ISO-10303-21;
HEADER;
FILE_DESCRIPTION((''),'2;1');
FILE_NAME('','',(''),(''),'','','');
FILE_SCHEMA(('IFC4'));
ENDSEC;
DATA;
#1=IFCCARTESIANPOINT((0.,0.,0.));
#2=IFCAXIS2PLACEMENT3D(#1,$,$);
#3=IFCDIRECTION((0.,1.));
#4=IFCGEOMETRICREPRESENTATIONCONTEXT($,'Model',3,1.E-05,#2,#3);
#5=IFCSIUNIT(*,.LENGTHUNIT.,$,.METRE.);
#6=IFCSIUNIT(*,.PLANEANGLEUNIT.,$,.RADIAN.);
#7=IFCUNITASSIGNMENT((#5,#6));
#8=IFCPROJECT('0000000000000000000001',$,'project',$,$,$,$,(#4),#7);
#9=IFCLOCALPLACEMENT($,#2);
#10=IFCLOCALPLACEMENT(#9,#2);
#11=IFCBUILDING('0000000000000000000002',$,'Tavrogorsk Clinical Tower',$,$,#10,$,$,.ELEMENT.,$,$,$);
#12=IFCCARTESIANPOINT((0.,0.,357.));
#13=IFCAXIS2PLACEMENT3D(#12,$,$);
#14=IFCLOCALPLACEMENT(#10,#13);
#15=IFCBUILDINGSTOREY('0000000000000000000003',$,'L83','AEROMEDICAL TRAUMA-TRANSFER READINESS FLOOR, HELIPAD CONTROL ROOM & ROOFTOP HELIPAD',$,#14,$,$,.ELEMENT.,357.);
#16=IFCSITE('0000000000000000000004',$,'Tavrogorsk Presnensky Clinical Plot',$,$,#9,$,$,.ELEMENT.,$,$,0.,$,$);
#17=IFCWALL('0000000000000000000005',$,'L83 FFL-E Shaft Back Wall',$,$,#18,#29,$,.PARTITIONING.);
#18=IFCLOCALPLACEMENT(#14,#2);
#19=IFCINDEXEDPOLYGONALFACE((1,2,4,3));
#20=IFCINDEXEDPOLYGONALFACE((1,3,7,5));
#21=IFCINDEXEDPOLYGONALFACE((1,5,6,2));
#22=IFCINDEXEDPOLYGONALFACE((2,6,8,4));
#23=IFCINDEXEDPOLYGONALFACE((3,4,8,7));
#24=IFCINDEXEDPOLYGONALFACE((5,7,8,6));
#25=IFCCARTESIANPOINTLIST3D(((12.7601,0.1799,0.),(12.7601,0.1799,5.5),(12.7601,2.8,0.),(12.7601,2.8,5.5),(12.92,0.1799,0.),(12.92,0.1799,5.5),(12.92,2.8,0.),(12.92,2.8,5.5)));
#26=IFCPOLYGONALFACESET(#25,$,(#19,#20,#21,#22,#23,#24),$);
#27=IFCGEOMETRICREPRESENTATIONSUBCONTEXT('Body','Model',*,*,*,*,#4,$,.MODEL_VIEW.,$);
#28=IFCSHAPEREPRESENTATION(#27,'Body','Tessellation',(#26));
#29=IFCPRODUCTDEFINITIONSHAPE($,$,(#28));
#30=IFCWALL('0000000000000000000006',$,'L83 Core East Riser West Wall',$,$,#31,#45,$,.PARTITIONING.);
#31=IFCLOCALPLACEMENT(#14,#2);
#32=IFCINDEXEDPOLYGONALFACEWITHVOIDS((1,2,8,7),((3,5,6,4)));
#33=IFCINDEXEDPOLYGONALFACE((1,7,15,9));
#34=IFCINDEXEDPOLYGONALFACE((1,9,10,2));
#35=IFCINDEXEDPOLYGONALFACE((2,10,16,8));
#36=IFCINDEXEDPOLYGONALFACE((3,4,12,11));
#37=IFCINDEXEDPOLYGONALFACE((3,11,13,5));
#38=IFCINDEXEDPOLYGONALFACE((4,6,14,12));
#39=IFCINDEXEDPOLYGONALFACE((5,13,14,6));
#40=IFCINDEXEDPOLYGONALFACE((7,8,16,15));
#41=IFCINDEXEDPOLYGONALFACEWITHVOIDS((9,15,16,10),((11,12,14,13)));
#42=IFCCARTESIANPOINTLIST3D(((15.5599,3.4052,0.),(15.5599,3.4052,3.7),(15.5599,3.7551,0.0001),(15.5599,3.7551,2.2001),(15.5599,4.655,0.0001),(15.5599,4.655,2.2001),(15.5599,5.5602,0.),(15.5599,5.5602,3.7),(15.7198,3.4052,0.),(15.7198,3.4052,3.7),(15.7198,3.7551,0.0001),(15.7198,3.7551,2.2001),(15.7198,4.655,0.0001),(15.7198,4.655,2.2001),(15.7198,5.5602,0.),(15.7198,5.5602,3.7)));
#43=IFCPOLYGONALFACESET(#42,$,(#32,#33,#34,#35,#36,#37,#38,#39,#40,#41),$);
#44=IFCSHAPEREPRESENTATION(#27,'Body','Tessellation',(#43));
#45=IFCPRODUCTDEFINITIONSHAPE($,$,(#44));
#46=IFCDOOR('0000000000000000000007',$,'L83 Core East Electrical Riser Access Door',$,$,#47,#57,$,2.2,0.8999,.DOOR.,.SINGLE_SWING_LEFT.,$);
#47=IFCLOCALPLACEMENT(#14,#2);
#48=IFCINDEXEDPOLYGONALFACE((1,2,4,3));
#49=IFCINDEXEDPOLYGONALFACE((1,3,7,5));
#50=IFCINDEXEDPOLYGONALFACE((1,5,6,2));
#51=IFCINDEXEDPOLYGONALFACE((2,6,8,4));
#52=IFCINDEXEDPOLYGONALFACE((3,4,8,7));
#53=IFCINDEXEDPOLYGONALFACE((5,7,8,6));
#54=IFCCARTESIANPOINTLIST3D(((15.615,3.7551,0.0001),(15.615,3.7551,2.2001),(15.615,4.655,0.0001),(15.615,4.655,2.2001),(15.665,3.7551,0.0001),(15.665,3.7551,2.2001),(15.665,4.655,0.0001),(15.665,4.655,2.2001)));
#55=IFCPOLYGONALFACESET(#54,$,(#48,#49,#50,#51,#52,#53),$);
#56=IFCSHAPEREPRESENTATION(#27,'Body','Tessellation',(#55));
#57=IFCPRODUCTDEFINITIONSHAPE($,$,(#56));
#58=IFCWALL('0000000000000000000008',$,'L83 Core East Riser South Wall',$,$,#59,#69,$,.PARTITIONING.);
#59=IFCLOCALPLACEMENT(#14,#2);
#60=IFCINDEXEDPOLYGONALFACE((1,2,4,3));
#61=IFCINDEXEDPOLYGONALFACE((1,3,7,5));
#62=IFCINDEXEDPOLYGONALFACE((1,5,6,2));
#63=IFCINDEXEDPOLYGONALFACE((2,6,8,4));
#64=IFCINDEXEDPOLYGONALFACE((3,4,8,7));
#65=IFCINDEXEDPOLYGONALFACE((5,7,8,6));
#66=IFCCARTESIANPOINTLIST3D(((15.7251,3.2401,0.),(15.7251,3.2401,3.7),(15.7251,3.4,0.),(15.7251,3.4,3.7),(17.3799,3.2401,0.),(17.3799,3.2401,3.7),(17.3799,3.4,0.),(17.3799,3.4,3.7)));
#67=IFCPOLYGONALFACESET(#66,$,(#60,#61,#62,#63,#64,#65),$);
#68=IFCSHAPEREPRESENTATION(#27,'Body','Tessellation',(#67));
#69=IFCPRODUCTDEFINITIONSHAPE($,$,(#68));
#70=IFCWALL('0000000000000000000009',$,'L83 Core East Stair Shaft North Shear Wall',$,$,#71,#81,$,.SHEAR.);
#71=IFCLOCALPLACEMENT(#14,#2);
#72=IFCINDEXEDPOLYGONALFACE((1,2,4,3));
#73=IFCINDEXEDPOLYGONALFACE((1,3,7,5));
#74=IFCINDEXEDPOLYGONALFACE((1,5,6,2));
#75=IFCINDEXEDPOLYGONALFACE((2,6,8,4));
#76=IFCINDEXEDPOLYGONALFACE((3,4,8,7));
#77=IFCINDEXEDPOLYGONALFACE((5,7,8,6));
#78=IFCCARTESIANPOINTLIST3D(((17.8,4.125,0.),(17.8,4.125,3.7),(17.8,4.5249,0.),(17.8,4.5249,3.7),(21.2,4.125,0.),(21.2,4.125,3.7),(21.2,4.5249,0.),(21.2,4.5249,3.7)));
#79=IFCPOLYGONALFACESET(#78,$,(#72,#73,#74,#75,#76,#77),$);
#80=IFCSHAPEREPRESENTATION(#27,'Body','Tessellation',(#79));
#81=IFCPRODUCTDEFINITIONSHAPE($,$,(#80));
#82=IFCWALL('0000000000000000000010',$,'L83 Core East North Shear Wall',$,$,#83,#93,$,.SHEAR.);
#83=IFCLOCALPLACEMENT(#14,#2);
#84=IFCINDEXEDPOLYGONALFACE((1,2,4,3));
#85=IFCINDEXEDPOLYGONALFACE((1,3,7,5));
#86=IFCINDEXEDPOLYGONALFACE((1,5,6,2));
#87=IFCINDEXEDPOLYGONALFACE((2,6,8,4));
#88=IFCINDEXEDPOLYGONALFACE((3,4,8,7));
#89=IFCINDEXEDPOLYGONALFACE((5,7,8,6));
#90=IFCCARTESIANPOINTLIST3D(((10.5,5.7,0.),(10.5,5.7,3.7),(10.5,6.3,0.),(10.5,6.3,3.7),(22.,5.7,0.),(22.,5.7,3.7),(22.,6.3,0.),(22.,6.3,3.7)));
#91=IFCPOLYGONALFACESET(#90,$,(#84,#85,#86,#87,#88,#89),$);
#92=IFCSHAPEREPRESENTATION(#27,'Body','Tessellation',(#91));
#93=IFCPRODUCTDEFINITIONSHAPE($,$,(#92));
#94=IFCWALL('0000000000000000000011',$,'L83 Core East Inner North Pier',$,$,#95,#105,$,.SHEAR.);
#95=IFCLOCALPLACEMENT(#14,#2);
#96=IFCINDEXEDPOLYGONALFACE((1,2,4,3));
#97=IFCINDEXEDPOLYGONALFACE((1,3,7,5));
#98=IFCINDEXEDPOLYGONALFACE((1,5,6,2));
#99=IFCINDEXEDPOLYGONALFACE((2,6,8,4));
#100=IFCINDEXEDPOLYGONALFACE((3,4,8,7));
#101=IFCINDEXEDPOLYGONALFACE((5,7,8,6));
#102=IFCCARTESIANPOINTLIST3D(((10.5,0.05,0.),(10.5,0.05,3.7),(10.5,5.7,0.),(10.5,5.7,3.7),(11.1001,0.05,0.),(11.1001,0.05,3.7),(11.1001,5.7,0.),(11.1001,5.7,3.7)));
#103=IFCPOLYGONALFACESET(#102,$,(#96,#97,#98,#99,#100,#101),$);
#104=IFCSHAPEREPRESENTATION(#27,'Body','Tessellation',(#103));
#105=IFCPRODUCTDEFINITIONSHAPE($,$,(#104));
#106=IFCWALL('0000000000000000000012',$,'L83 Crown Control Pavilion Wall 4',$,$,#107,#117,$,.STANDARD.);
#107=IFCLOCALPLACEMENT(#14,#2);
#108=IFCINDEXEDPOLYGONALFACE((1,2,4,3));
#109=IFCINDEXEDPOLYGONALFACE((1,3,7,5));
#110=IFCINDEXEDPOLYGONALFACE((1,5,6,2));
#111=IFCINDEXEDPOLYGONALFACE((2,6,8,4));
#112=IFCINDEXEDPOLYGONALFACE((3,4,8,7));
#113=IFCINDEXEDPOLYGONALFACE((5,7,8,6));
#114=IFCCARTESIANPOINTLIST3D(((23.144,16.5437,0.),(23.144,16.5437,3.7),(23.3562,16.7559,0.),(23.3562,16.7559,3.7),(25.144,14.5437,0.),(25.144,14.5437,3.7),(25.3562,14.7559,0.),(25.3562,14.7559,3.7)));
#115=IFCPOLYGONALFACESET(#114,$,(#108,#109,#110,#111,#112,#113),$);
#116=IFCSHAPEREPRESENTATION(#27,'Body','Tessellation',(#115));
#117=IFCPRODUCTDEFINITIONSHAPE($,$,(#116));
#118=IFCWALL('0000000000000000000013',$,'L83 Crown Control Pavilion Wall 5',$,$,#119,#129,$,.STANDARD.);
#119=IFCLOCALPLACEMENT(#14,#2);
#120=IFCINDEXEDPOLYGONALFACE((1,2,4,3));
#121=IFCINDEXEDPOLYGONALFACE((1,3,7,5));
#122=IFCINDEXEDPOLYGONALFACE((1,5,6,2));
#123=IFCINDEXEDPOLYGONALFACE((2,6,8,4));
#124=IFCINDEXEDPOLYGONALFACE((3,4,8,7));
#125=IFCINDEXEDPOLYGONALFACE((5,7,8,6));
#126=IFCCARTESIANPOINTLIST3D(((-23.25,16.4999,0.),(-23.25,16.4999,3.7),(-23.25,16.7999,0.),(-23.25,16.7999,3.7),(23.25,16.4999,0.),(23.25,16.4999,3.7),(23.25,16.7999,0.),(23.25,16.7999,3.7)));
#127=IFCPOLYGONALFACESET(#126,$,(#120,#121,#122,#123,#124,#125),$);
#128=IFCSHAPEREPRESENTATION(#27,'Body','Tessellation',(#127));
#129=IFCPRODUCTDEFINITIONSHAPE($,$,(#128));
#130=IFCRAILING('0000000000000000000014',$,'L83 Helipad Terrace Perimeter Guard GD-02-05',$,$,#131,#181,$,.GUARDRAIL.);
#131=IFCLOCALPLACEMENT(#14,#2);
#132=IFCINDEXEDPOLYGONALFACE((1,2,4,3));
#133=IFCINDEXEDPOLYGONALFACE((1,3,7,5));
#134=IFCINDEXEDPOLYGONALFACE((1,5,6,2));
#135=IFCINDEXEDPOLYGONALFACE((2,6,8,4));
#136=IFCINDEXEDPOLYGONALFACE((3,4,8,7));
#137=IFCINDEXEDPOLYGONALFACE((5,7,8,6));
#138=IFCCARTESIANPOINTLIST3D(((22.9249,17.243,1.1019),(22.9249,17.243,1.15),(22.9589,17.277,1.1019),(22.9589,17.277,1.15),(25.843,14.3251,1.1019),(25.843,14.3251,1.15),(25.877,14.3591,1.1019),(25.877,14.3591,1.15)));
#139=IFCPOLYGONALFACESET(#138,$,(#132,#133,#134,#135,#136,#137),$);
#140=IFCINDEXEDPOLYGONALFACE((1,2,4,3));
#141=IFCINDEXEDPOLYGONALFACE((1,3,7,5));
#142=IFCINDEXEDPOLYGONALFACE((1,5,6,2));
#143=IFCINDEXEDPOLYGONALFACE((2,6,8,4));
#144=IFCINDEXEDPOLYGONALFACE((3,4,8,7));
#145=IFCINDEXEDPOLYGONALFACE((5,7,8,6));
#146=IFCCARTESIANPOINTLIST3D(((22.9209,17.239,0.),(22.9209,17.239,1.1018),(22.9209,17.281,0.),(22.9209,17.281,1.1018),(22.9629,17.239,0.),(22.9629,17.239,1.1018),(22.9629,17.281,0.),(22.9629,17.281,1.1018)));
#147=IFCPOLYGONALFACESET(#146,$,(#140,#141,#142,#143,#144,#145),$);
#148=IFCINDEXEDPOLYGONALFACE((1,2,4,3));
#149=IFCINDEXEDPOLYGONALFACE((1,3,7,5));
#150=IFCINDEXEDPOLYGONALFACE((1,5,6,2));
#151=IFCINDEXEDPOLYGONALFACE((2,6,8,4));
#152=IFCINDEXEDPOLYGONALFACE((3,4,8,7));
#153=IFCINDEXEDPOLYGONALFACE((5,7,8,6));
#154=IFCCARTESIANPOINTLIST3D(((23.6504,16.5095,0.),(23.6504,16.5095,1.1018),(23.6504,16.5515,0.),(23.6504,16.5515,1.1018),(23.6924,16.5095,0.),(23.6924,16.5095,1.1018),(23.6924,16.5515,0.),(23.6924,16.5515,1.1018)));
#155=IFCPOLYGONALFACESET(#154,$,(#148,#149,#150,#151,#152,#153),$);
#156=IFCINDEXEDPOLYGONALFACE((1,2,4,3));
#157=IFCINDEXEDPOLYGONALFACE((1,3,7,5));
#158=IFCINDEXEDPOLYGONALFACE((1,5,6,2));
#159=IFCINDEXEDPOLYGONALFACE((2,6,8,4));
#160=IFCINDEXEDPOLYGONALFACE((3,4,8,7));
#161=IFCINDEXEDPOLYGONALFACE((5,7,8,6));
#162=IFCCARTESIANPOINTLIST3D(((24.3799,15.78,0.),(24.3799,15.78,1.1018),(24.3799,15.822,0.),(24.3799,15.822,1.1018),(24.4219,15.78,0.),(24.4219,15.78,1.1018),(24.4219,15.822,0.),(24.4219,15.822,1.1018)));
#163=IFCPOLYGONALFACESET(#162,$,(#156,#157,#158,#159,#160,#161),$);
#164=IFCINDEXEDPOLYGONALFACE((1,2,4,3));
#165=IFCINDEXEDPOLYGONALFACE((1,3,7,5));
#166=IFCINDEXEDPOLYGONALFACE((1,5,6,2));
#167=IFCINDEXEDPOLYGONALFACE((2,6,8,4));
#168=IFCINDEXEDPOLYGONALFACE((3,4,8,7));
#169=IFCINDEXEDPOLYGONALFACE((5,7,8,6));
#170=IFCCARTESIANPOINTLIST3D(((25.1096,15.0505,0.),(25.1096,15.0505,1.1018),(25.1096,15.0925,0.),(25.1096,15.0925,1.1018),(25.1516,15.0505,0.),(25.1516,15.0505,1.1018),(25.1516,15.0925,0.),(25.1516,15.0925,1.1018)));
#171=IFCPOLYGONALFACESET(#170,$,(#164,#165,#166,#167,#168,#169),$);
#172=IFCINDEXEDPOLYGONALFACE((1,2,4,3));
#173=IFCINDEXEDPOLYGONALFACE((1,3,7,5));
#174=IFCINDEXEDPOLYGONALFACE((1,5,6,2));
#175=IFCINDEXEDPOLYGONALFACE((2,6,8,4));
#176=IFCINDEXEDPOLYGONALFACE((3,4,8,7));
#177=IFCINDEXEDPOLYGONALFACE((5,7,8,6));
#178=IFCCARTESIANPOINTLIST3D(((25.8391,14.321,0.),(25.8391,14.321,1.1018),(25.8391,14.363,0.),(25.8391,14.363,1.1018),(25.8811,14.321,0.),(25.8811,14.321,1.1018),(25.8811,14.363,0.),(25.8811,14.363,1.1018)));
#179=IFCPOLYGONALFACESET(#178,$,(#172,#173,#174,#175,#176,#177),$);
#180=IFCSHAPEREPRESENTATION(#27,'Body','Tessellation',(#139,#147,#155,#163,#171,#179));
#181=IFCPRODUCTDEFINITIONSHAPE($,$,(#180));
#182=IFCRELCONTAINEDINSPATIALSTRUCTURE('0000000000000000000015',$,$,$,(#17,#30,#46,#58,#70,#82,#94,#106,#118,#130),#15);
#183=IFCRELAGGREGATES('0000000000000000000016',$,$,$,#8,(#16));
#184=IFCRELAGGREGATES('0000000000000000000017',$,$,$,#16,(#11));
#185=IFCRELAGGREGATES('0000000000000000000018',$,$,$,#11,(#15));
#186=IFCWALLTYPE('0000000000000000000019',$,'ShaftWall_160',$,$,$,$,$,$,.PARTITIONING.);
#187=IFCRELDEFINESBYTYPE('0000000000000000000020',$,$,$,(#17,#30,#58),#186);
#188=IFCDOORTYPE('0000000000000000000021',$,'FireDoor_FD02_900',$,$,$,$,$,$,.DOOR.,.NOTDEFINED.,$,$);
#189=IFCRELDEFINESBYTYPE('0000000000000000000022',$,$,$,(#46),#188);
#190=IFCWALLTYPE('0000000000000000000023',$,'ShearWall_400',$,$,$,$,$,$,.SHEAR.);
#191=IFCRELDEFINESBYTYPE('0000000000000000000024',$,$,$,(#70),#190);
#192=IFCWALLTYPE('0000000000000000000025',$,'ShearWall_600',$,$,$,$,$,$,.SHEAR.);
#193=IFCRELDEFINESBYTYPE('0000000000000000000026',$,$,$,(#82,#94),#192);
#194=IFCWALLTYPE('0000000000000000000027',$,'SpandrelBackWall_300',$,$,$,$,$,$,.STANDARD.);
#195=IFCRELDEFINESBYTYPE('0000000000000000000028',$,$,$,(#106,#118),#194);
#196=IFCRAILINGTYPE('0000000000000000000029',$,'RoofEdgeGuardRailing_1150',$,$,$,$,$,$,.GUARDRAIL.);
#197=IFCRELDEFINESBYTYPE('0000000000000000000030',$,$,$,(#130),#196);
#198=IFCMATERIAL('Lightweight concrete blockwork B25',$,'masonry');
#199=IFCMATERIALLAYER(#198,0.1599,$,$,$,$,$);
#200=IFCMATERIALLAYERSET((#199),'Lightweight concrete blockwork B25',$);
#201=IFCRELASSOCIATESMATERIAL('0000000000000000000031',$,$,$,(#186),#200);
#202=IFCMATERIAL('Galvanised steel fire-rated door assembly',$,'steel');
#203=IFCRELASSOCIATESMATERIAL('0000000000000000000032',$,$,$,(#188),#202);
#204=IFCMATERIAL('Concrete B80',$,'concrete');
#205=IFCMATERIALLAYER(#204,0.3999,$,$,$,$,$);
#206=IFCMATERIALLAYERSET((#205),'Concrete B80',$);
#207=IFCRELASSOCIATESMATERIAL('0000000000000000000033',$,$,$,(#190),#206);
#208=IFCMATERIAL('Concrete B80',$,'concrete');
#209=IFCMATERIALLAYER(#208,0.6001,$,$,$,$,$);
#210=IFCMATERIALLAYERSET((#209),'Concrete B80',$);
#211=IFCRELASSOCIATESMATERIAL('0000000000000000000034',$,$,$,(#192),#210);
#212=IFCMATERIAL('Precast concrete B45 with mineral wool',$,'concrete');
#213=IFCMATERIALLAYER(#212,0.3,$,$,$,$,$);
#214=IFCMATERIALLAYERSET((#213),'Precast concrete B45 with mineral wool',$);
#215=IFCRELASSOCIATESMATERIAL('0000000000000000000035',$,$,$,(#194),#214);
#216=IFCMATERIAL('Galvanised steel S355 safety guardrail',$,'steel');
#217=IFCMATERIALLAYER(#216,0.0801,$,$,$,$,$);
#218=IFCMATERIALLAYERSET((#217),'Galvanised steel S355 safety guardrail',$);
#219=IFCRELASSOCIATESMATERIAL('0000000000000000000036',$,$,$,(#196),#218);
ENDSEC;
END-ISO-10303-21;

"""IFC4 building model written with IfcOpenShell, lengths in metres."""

from ifc_helpers import new_model, si_unit, direction, frame, frame_2d, origin, origin_2d, place, context, subcontext, project, spatial, rectangle, extrude, material, layer, layer_set, type_object, element, fill, save


model = new_model("IFC4")

# Units and contexts
model_context = context("Model", 3, precision=1e-05, world=origin(), true_north=direction((0.0, 1.0)))
body_context = subcontext(model_context, "Body", "Model", "MODEL_VIEW")
ifc_project = project(units=[si_unit("LENGTHUNIT", "METRE"), si_unit("PLANEANGLEUNIT", "RADIAN")], contexts=[model_context])

# Site, building, storey
site_placement = place(None, origin())
site = spatial("IfcSite", under=ifc_project, at=site_placement, Name="Tavrogorsk Presnensky Clinical Plot", CompositionType="ELEMENT", RefElevation=0.0)
building_placement = place(site_placement, origin())
building = spatial("IfcBuilding", under=site, at=building_placement, Name="Tavrogorsk Clinical Tower", CompositionType="ELEMENT")
storey_placement = place(building_placement, frame((0.0, 0.0, 357.0)))
storey = spatial("IfcBuildingStorey", under=building, at=storey_placement, Name="L83", Description="AEROMEDICAL TRAUMA-TRANSFER READINESS FLOOR, HELIPAD CONTROL ROOM & ROOFTOP HELIPAD", CompositionType="ELEMENT", Elevation=357.0)

# Shared definitions
ifc_material_1 = material(Name="Lightweight concrete blockwork B25", Category="masonry")
ifc_layer_1 = layer(ifc_material_1, 0.1599)
ifc_layer_set_1 = layer_set([ifc_layer_1], Name="Lightweight concrete blockwork B25")
wall_type_1 = type_object("IfcWallType", Name="ShaftWall_160", PredefinedType="PARTITIONING", material=ifc_layer_set_1)

# Wall
wall_1_placement = place(storey_placement, frame((12.8401, 0.1799, 0.0), z_axis=(0.0, 0.0, 1.0), x_axis=(0.0, 1.0, 0.0)))
element("IfcWall", 1, at=wall_1_placement, inside=storey, type_object=wall_type_1, Name="L83 FFL-E Shaft Back Wall", PredefinedType="PARTITIONING", context=body_context, shape_type="SweptSolid", body=[
    extrude(rectangle(XDim=2.6201, YDim=0.1599, at=frame_2d((1.3101, 0.0))), origin(), (0.0, 0.0, 1.0), 5.5),
])

# Wall, opening, door
wall_2_placement = place(storey_placement, frame((15.6399, 3.405, 0.0), z_axis=(0.0, 0.0, 1.0), x_axis=(0.0, 1.0, 0.0)))
wall_2 = element("IfcWall", 2, at=wall_2_placement, inside=storey, type_object=wall_type_1, Name="L83 Core East Riser West Wall", PredefinedType="PARTITIONING", context=body_context, shape_type="SweptSolid", body=[
    extrude(rectangle(XDim=2.155, YDim=0.1599, at=frame_2d((1.0776, 0.0))), origin(), (0.0, 0.0, 1.0), 3.7),
])
opening_1_placement = place(wall_2_placement, frame((0.3501, 0.0, 0.0)))
opening_1 = element("IfcOpeningElement", 3, at=opening_1_placement, cuts=wall_2, PredefinedType="OPENING", context=body_context, shape_type="SweptSolid", body=[
    extrude(rectangle(XDim=0.8999, YDim=2.2, at=frame_2d((0.45, 1.1001))), frame((0.0, 0.0898, 0.0), z_axis=(0.0, -1.0, 0.0), x_axis=(1.0, 0.0, 0.0)), (0.0, 0.0, 1.0), 0.1799),
])
ifc_material_2 = material(Name="Galvanised steel fire-rated door assembly", Category="steel")
door_type_1 = type_object("IfcDoorType", Name="FireDoor_FD02_900", OperationType="NOTDEFINED", PredefinedType="DOOR", material=ifc_material_2)
door_1_placement = place(opening_1_placement, origin())
door_1 = element("IfcDoor", 4, at=door_1_placement, inside=storey, type_object=door_type_1, Name="L83 Core East Electrical Riser Access Door", OperationType="SINGLE_SWING_LEFT", OverallHeight=2.2, OverallWidth=0.8999, PredefinedType="DOOR", context=body_context, shape_type="SweptSolid", body=[
    extrude(rectangle(XDim=0.8999, YDim=2.2, at=frame_2d((0.45, 1.1001))), frame((0.0, 0.0249, 0.0), z_axis=(0.0, -1.0, 0.0), x_axis=(1.0, 0.0, 0.0)), (0.0, 0.0, 1.0), 0.05),
])
fill(opening_1, door_1)

# Walls
wall_3_placement = place(storey_placement, frame((15.7251, 3.3201, 0.0), z_axis=(0.0, 0.0, 1.0), x_axis=(1.0, 0.0, 0.0)))
element("IfcWall", 5, at=wall_3_placement, inside=storey, type_object=wall_type_1, Name="L83 Core East Riser South Wall", PredefinedType="PARTITIONING", context=body_context, shape_type="SweptSolid", body=[
    extrude(rectangle(XDim=1.6548, YDim=0.1599, at=frame_2d((0.8274, 0.0))), origin(), (0.0, 0.0, 1.0), 3.7),
])
ifc_material_3 = material(Name="Concrete B80", Category="concrete")
ifc_layer_2 = layer(ifc_material_3, 0.3999)
ifc_layer_set_2 = layer_set([ifc_layer_2], Name="Concrete B80")
wall_type_2 = type_object("IfcWallType", Name="ShearWall_400", PredefinedType="SHEAR", material=ifc_layer_set_2)
wall_4_placement = place(storey_placement, frame((17.8, 4.325, 0.0), z_axis=(0.0, 0.0, 1.0), x_axis=(1.0, 0.0, 0.0)))
element("IfcWall", 6, at=wall_4_placement, inside=storey, type_object=wall_type_2, Name="L83 Core East Stair Shaft North Shear Wall", PredefinedType="SHEAR", context=body_context, shape_type="SweptSolid", body=[
    extrude(rectangle(XDim=3.3999, YDim=0.3999, at=frame_2d((1.7, 0.0))), origin(), (0.0, 0.0, 1.0), 3.7),
])
ifc_material_4 = material(Name="Concrete B80", Category="concrete")
ifc_layer_3 = layer(ifc_material_4, 0.6001)
ifc_layer_set_3 = layer_set([ifc_layer_3], Name="Concrete B80")
wall_type_3 = type_object("IfcWallType", Name="ShearWall_600", PredefinedType="SHEAR", material=ifc_layer_set_3)
wall_5_placement = place(storey_placement, frame((10.5, 6.0, 0.0), z_axis=(0.0, 0.0, 1.0), x_axis=(1.0, 0.0, 0.0)))
element("IfcWall", 7, at=wall_5_placement, inside=storey, type_object=wall_type_3, Name="L83 Core East North Shear Wall", PredefinedType="SHEAR", context=body_context, shape_type="SweptSolid", body=[
    extrude(rectangle(XDim=11.5, YDim=0.6001, at=frame_2d((5.75, 0.0))), origin(), (0.0, 0.0, 1.0), 3.7),
])
wall_6_placement = place(storey_placement, frame((10.8, 0.05, 0.0), z_axis=(0.0, 0.0, 1.0), x_axis=(0.0, 1.0, 0.0)))
element("IfcWall", 8, at=wall_6_placement, inside=storey, type_object=wall_type_3, Name="L83 Core East Inner North Pier", PredefinedType="SHEAR", context=body_context, shape_type="SweptSolid", body=[
    extrude(rectangle(XDim=5.6499, YDim=0.6001, at=frame_2d((2.825, 0.0))), origin(), (0.0, 0.0, 1.0), 3.7),
])
ifc_material_5 = material(Name="Precast concrete B45 with mineral wool", Category="concrete")
ifc_layer_4 = layer(ifc_material_5, 0.3)
ifc_layer_set_4 = layer_set([ifc_layer_4], Name="Precast concrete B45 with mineral wool")
wall_type_4 = type_object("IfcWallType", Name="SpandrelBackWall_300", PredefinedType="STANDARD", material=ifc_layer_set_4)
wall_7_placement = place(storey_placement, frame((25.25, 14.6499, 0.0), z_axis=(0.0, 0.0, 1.0), x_axis=(-0.707107, 0.707107, 0.0)))
element("IfcWall", 9, at=wall_7_placement, inside=storey, type_object=wall_type_4, Name="L83 Crown Control Pavilion Wall 4", PredefinedType="STANDARD", context=body_context, shape_type="SweptSolid", body=[
    extrude(rectangle(XDim=2.8284, YDim=0.3, at=frame_2d((1.4141, 0.0))), origin(), (0.0, 0.0, 1.0), 3.7),
])
wall_8_placement = place(storey_placement, frame((23.25, 16.6499, 0.0), z_axis=(0.0, 0.0, 1.0), x_axis=(-1.0, 0.0, 0.0)))
element("IfcWall", 10, at=wall_8_placement, inside=storey, type_object=wall_type_4, Name="L83 Crown Control Pavilion Wall 5", PredefinedType="STANDARD", context=body_context, shape_type="SweptSolid", body=[
    extrude(rectangle(XDim=46.5, YDim=0.3, at=frame_2d((23.25, 0.0))), origin(), (0.0, 0.0, 1.0), 3.7),
])

# Railing
ifc_material_6 = material(Name="Galvanised steel S355 safety guardrail", Category="steel")
ifc_layer_5 = layer(ifc_material_6, 0.0801)
ifc_layer_set_5 = layer_set([ifc_layer_5], Name="Galvanised steel S355 safety guardrail")
railing_type = type_object("IfcRailingType", Name="RoofEdgeGuardRailing_1150", PredefinedType="GUARDRAIL", material=ifc_layer_set_5)
railing_1_placement = place(storey_placement, frame((22.9419, 17.26, 0.0)))
element("IfcRailing", 11, at=railing_1_placement, inside=storey, type_object=railing_type, Name="L83 Helipad Terrace Perimeter Guard GD-02-05", PredefinedType="GUARDRAIL", context=body_context, shape_type="SweptSolid", body=[
    extrude(rectangle(XDim=0.0481, YDim=0.0481, at=origin_2d()), frame((0.0, 0.0, 1.126), z_axis=(0.707136, -0.707077, 0.0), x_axis=(0.707077, 0.707136, 0.0)), (0.0, 0.0, 1.0), 4.1267),
    extrude(rectangle(XDim=0.042, YDim=0.042, at=origin_2d()), origin(), (0.0, 0.0, 1.0), 1.1018),
    extrude(rectangle(XDim=0.042, YDim=0.042, at=origin_2d()), frame((0.7295, -0.7295, 0.0)), (0.0, 0.0, 1.0), 1.1018),
    extrude(rectangle(XDim=0.042, YDim=0.042, at=origin_2d()), frame((1.459, -1.459, 0.0)), (0.0, 0.0, 1.0), 1.1018),
    extrude(rectangle(XDim=0.042, YDim=0.042, at=origin_2d()), frame((2.1887, -2.1885, 0.0)), (0.0, 0.0, 1.0), 1.1018),
    extrude(rectangle(XDim=0.042, YDim=0.042, at=origin_2d()), frame((2.9182, -2.918, 0.0)), (0.0, 0.0, 1.0), 1.1018),
])

save(model, "model.ifc")
